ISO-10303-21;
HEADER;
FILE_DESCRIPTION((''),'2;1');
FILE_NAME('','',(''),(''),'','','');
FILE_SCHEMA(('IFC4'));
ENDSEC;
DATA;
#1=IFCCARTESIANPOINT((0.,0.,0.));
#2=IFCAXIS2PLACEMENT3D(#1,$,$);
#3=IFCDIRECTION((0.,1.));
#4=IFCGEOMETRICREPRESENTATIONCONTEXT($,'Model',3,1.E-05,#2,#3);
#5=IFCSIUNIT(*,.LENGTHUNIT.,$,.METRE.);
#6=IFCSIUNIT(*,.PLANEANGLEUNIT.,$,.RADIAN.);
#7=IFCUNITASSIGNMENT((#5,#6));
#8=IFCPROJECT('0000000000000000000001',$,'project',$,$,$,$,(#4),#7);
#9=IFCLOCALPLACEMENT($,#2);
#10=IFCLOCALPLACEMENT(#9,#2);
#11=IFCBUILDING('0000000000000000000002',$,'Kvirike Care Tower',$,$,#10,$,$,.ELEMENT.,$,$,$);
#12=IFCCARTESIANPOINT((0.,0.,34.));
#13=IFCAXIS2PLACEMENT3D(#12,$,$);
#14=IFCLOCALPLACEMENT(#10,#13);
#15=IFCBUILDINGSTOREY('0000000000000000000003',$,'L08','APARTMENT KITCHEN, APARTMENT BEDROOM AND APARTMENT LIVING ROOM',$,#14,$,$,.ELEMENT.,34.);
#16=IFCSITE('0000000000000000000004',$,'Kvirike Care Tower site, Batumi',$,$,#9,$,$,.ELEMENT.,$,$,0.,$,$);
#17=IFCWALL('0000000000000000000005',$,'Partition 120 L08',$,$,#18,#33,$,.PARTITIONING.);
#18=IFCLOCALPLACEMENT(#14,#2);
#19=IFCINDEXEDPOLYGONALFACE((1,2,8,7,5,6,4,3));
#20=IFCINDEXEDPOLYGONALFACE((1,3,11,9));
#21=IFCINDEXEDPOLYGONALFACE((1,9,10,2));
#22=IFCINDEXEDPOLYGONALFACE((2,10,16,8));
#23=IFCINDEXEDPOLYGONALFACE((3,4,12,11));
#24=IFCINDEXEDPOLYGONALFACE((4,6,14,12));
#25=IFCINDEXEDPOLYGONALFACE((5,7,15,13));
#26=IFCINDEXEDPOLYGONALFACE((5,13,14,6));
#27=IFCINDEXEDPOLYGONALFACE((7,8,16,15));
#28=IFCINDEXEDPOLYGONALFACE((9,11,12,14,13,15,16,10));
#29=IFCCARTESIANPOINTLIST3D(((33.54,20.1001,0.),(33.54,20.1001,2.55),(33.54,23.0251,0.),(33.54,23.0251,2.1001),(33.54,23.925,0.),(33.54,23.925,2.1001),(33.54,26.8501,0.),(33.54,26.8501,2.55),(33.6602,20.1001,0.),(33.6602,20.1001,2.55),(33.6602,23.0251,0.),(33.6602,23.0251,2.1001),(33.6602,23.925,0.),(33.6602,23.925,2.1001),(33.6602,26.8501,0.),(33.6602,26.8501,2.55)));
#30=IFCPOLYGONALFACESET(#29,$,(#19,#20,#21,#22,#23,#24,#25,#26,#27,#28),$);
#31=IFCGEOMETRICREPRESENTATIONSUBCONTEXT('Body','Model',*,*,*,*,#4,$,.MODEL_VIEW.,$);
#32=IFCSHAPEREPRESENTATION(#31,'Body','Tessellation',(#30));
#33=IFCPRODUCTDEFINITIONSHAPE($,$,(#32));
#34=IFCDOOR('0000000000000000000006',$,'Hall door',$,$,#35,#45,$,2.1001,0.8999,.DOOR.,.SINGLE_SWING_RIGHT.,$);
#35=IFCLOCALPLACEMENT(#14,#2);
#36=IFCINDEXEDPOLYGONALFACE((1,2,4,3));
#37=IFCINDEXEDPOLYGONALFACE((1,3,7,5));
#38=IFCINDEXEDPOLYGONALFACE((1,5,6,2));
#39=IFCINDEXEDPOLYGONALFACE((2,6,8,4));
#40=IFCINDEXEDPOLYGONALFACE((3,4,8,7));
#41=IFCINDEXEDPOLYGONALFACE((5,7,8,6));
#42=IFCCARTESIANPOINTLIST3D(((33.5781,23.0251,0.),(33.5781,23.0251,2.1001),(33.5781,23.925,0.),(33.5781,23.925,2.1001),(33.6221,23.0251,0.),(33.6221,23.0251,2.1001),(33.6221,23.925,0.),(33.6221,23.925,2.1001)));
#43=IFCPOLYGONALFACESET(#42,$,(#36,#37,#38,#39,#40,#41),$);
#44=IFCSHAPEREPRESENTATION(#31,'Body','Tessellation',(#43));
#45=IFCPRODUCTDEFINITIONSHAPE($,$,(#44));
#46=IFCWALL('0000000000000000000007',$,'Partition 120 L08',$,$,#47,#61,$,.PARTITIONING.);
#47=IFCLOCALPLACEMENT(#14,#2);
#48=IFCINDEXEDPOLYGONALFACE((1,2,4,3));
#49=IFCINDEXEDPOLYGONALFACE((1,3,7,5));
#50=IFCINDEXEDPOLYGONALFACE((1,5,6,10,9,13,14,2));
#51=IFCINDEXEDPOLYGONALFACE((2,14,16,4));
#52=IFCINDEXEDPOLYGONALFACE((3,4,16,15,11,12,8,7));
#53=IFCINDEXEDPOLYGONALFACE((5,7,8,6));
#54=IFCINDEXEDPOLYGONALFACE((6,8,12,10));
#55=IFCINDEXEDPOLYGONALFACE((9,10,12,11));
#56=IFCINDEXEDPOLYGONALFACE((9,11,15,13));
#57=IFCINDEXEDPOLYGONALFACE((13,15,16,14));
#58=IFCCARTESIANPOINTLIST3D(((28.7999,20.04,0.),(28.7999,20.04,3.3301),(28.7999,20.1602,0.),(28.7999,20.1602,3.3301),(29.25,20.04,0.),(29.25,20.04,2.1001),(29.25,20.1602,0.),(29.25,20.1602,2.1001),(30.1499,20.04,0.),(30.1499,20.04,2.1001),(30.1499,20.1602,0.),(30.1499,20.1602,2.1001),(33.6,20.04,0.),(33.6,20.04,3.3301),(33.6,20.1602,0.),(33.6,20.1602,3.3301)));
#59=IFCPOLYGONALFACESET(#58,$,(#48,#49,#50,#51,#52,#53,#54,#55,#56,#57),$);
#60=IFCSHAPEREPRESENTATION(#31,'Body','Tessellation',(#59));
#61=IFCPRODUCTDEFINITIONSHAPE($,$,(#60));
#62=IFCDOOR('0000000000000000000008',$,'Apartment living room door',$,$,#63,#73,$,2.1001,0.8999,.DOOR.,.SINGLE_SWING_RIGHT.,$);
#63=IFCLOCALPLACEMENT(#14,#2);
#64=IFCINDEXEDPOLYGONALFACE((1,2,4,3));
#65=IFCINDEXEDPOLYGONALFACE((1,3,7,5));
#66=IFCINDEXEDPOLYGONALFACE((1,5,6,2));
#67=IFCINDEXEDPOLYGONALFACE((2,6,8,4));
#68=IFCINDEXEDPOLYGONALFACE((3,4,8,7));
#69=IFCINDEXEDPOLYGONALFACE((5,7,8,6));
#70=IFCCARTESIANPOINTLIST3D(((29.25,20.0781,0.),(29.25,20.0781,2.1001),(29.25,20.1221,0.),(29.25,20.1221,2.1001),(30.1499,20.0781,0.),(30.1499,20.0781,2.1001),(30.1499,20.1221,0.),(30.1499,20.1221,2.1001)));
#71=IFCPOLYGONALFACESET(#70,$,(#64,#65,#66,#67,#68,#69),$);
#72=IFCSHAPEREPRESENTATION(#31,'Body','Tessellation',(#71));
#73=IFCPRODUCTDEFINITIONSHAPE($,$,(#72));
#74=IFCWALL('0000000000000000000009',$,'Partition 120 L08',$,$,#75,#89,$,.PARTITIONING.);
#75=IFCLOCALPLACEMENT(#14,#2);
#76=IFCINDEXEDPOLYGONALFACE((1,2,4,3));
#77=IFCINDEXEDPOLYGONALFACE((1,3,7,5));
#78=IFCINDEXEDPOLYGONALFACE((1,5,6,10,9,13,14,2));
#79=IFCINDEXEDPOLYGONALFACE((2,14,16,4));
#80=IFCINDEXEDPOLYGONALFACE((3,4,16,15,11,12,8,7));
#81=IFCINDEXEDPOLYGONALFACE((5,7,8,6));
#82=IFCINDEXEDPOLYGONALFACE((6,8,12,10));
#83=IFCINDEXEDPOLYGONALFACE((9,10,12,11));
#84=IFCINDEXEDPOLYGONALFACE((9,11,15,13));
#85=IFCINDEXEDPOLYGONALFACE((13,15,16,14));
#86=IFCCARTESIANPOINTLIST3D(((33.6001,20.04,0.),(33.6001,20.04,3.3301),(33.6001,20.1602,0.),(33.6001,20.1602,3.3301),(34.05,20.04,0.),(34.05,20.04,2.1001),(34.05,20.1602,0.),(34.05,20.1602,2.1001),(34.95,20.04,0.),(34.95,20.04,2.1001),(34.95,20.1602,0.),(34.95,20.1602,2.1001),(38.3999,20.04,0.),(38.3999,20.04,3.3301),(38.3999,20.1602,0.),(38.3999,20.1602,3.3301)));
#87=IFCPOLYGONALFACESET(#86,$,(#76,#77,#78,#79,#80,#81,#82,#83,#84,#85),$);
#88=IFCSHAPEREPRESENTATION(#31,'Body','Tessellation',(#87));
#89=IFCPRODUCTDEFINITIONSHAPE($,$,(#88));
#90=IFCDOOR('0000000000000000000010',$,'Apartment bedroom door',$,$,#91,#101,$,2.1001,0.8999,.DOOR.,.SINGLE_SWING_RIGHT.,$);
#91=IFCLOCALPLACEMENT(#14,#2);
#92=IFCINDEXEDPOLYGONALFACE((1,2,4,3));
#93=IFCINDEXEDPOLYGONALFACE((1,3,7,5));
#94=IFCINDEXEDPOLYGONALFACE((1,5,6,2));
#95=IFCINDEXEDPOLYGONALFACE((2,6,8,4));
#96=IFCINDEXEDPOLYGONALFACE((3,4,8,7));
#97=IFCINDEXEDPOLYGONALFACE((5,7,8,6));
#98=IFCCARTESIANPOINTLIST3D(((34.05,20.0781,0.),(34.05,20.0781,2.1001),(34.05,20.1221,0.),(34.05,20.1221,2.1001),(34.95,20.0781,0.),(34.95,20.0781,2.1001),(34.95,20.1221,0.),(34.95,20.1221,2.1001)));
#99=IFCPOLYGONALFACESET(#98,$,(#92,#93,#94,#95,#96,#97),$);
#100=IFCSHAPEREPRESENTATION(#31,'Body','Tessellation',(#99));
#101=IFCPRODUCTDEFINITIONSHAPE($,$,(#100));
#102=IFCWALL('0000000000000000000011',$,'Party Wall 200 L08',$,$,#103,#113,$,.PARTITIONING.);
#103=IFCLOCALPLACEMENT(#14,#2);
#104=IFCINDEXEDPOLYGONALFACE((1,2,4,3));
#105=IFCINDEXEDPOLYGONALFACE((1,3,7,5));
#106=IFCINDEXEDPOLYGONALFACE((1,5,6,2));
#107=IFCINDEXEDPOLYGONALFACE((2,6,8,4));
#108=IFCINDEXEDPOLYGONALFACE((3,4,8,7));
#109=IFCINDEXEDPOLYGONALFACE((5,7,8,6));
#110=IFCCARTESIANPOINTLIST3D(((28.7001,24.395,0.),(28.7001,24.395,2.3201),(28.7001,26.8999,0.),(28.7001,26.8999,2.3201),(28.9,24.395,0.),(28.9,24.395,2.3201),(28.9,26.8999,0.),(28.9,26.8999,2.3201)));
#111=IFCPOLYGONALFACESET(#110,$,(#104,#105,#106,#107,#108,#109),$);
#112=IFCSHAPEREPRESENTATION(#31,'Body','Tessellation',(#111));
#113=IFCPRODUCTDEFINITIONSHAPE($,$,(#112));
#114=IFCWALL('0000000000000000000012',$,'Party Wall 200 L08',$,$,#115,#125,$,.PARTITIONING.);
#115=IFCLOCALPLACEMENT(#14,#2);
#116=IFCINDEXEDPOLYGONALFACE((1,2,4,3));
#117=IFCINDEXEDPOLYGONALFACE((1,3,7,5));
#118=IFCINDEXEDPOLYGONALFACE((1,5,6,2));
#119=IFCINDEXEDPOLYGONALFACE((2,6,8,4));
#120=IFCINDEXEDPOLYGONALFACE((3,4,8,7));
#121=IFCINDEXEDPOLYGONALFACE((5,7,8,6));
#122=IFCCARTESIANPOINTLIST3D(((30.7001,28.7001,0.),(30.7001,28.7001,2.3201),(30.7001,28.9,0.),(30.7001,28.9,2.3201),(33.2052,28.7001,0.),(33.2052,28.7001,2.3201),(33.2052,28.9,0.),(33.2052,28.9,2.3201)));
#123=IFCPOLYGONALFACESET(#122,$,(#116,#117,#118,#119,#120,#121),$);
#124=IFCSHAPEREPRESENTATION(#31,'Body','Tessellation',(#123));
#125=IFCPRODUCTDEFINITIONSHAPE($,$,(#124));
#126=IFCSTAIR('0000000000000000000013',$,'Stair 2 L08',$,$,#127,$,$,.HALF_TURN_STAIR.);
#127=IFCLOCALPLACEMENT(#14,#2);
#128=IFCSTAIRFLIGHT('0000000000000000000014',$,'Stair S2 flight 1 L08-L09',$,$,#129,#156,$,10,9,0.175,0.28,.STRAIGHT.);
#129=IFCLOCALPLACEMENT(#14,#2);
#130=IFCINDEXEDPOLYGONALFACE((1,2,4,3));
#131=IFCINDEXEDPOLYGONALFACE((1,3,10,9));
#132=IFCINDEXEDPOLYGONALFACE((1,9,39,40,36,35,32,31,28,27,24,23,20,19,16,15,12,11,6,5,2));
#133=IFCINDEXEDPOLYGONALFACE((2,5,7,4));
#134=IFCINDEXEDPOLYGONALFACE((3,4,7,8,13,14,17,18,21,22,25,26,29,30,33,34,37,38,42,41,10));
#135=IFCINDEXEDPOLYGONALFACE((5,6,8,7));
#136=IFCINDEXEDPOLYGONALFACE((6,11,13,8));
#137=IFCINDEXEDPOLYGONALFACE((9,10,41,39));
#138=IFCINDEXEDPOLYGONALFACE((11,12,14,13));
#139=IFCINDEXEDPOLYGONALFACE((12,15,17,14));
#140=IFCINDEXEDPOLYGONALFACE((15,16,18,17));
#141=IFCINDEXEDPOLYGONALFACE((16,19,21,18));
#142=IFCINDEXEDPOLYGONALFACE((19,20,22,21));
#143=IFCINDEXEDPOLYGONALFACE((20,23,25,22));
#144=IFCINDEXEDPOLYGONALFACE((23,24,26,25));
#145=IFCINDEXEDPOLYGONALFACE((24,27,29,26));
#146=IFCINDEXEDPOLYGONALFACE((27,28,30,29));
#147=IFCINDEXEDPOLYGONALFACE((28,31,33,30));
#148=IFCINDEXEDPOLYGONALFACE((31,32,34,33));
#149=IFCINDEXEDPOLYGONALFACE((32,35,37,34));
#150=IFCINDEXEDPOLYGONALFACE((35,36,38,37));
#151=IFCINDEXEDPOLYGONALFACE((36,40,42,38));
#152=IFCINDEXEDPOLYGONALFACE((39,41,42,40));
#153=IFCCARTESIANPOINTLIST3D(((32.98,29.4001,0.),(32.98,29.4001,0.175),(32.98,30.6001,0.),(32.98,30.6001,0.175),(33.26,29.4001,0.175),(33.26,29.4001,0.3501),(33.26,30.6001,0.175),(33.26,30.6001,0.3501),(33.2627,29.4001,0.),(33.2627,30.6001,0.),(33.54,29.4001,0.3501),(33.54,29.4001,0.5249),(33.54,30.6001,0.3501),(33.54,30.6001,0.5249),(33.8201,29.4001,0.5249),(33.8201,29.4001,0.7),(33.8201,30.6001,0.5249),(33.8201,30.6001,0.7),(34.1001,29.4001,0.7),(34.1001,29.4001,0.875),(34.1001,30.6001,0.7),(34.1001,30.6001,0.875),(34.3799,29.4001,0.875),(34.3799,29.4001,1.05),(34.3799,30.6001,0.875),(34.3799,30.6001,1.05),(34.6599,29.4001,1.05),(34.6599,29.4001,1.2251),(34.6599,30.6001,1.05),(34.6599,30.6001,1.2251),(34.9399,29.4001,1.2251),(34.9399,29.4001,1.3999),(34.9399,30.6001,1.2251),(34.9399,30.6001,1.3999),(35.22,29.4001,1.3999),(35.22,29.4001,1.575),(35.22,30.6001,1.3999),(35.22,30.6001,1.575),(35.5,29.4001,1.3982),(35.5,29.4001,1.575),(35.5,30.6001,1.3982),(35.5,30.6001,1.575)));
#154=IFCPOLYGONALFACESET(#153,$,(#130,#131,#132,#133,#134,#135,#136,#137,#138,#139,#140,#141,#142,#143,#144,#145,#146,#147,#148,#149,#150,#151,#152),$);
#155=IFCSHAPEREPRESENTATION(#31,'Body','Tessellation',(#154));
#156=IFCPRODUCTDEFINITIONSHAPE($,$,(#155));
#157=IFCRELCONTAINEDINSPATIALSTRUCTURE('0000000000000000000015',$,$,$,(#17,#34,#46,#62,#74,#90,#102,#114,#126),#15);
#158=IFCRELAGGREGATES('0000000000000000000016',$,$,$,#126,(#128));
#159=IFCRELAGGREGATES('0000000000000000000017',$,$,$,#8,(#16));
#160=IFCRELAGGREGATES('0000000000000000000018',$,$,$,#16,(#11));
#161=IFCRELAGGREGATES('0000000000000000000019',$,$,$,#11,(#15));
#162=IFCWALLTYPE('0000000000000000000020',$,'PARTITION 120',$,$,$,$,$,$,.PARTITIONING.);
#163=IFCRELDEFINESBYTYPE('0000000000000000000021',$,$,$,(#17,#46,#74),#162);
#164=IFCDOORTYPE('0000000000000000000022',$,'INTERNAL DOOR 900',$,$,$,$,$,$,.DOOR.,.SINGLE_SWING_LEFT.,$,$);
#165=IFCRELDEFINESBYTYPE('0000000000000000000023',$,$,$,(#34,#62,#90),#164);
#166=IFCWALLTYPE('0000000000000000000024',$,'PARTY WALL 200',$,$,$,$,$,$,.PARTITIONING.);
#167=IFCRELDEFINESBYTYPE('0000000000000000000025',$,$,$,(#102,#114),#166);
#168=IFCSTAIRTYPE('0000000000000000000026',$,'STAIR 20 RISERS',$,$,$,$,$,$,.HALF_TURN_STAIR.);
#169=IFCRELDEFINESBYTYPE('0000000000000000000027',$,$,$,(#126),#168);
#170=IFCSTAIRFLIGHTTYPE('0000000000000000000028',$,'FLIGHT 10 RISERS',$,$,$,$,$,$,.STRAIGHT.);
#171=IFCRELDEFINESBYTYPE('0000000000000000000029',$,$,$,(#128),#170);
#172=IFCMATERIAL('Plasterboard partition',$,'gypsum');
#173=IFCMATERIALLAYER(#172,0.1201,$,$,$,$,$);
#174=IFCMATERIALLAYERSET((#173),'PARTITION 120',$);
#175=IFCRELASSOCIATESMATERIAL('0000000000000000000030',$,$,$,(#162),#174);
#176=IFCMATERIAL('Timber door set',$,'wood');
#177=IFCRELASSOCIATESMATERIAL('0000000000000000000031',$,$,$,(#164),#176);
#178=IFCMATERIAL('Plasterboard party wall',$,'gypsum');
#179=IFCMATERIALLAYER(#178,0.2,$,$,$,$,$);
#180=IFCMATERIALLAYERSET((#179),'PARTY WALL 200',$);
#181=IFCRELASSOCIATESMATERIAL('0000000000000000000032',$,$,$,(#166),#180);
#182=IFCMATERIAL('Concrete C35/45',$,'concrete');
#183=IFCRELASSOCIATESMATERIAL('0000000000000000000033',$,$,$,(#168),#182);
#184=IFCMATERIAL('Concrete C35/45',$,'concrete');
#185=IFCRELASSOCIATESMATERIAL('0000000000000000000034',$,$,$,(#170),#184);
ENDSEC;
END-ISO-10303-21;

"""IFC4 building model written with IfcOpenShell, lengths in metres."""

from ifc_helpers import new_model, si_unit, direction, frame, frame_2d, origin, place, context, subcontext, project, spatial, polyline, rectangle, outline, extrude, material, layer, layer_set, type_object, element, fill, aggregate, save


model = new_model("IFC4")

# Units and contexts
model_context = context("Model", 3, precision=1e-05, world=origin(), true_north=direction((0.0, 1.0)))
body_context = subcontext(model_context, "Body", "Model", "MODEL_VIEW")
ifc_project = project(units=[si_unit("LENGTHUNIT", "METRE"), si_unit("PLANEANGLEUNIT", "RADIAN")], contexts=[model_context])

# Site, building, storey
site_placement = place(None, origin())
site = spatial("IfcSite", under=ifc_project, at=site_placement, Name="Kvirike Care Tower site, Batumi", CompositionType="ELEMENT", RefElevation=0.0)
building_placement = place(site_placement, origin())
building = spatial("IfcBuilding", under=site, at=building_placement, Name="Kvirike Care Tower", CompositionType="ELEMENT")
storey_placement = place(building_placement, frame((0.0, 0.0, 34.0)))
storey = spatial("IfcBuildingStorey", under=building, at=storey_placement, Name="L08", Description="APARTMENT KITCHEN, APARTMENT BEDROOM AND APARTMENT LIVING ROOM", CompositionType="ELEMENT", Elevation=34.0)

# Walls, openings, doors
ifc_material_1 = material(Name="Plasterboard partition", Category="gypsum")
ifc_layer_1 = layer(ifc_material_1, 0.1201)
ifc_layer_set_1 = layer_set([ifc_layer_1], Name="PARTITION 120")
wall_type_1 = type_object("IfcWallType", Name="PARTITION 120", PredefinedType="PARTITIONING", material=ifc_layer_set_1)
wall_1_placement = place(storey_placement, frame((33.6001, 20.1001, 0.0), z_axis=(0.0, 0.0, 1.0), x_axis=(0.0, 1.0, 0.0)))
wall_1 = element("IfcWall", 1, at=wall_1_placement, inside=storey, type_object=wall_type_1, Name="Partition 120 L08", PredefinedType="PARTITIONING", context=body_context, shape_type="SweptSolid", body=[
    extrude(rectangle(XDim=6.75, YDim=0.1201, at=frame_2d((3.375, 0.0))), origin(), (0.0, 0.0, 1.0), 2.55),
])
opening_1_placement = place(wall_1_placement, frame((2.925, 0.0, 0.0)))
opening_1 = element("IfcOpeningElement", 2, at=opening_1_placement, cuts=wall_1, PredefinedType="OPENING", context=body_context, shape_type="SweptSolid", body=[
    extrude(rectangle(XDim=0.8999, YDim=2.1001, at=frame_2d((0.45, 1.05))), frame((0.0, 0.0706, 0.0), z_axis=(0.0, -1.0, 0.0), x_axis=(1.0, 0.0, 0.0)), (0.0, 0.0, 1.0), 0.1411),
])
ifc_material_2 = material(Name="Timber door set", Category="wood")
door_type_1 = type_object("IfcDoorType", Name="INTERNAL DOOR 900", OperationType="SINGLE_SWING_LEFT", PredefinedType="DOOR", material=ifc_material_2)
door_1_placement = place(opening_1_placement, frame((0.8999, 0.0, 0.0), z_axis=(0.0, 0.0, 1.0), x_axis=(-1.0, 0.0, 0.0)))
door_1 = element("IfcDoor", 3, at=door_1_placement, inside=storey, type_object=door_type_1, Name="Hall door", OperationType="SINGLE_SWING_RIGHT", OverallHeight=2.1001, OverallWidth=0.8999, PredefinedType="DOOR", context=body_context, shape_type="SweptSolid", body=[
    extrude(rectangle(XDim=0.8999, YDim=2.1001, at=frame_2d((0.45, 1.05))), frame((0.0, 0.022, 0.0), z_axis=(0.0, -1.0, 0.0), x_axis=(1.0, 0.0, 0.0)), (0.0, 0.0, 1.0), 0.0439),
])
fill(opening_1, door_1)
wall_2_placement = place(storey_placement, frame((28.8, 20.1001, 0.0), z_axis=(0.0, 0.0, 1.0), x_axis=(1.0, 0.0, 0.0)))
wall_2 = element("IfcWall", 4, at=wall_2_placement, inside=storey, type_object=wall_type_1, Name="Partition 120 L08", PredefinedType="PARTITIONING", context=body_context, shape_type="SweptSolid", body=[
    extrude(rectangle(XDim=4.8, YDim=0.1201, at=frame_2d((2.3999, 0.0))), origin(), (0.0, 0.0, 1.0), 3.3301),
])
opening_2_placement = place(wall_2_placement, frame((0.45, 0.0, 0.0)))
opening_2 = element("IfcOpeningElement", 5, at=opening_2_placement, cuts=wall_2, PredefinedType="OPENING", context=body_context, shape_type="SweptSolid", body=[
    extrude(rectangle(XDim=0.8999, YDim=2.1001, at=frame_2d((0.45, 1.05))), frame((0.0, 0.0706, 0.0), z_axis=(0.0, -1.0, 0.0), x_axis=(1.0, 0.0, 0.0)), (0.0, 0.0, 1.0), 0.1411),
])
door_2_placement = place(opening_2_placement, frame((0.8999, 0.0, 0.0), z_axis=(0.0, 0.0, 1.0), x_axis=(-1.0, 0.0, 0.0)))
door_2 = element("IfcDoor", 6, at=door_2_placement, inside=storey, type_object=door_type_1, Name="Apartment living room door", OperationType="SINGLE_SWING_RIGHT", OverallHeight=2.1001, OverallWidth=0.8999, PredefinedType="DOOR", context=body_context, shape_type="SweptSolid", body=[
    extrude(rectangle(XDim=0.8999, YDim=2.1001, at=frame_2d((0.45, 1.05))), frame((0.0, 0.022, 0.0), z_axis=(0.0, -1.0, 0.0), x_axis=(1.0, 0.0, 0.0)), (0.0, 0.0, 1.0), 0.0439),
])
fill(opening_2, door_2)
wall_3_placement = place(storey_placement, frame((33.6001, 20.1001, 0.0), z_axis=(0.0, 0.0, 1.0), x_axis=(1.0, 0.0, 0.0)))
wall_3 = element("IfcWall", 7, at=wall_3_placement, inside=storey, type_object=wall_type_1, Name="Partition 120 L08", PredefinedType="PARTITIONING", context=body_context, shape_type="SweptSolid", body=[
    extrude(rectangle(XDim=4.7998, YDim=0.1201, at=frame_2d((2.3999, 0.0))), origin(), (0.0, 0.0, 1.0), 3.3301),
])
opening_3_placement = place(wall_3_placement, frame((0.45, 0.0, 0.0)))
opening_3 = element("IfcOpeningElement", 8, at=opening_3_placement, cuts=wall_3, PredefinedType="OPENING", context=body_context, shape_type="SweptSolid", body=[
    extrude(rectangle(XDim=0.8999, YDim=2.1001, at=frame_2d((0.45, 1.05))), frame((0.0, 0.0706, 0.0), z_axis=(0.0, -1.0, 0.0), x_axis=(1.0, 0.0, 0.0)), (0.0, 0.0, 1.0), 0.1411),
])
door_3_placement = place(opening_3_placement, origin())
door_3 = element("IfcDoor", 9, at=door_3_placement, inside=storey, type_object=door_type_1, Name="Apartment bedroom door", OperationType="SINGLE_SWING_RIGHT", OverallHeight=2.1001, OverallWidth=0.8999, PredefinedType="DOOR", context=body_context, shape_type="SweptSolid", body=[
    extrude(rectangle(XDim=0.8999, YDim=2.1001, at=frame_2d((0.45, 1.05))), frame((0.0, 0.022, 0.0), z_axis=(0.0, -1.0, 0.0), x_axis=(1.0, 0.0, 0.0)), (0.0, 0.0, 1.0), 0.0439),
])
fill(opening_3, door_3)

# Walls
ifc_material_3 = material(Name="Plasterboard party wall", Category="gypsum")
ifc_layer_2 = layer(ifc_material_3, 0.2)
ifc_layer_set_2 = layer_set([ifc_layer_2], Name="PARTY WALL 200")
wall_type_2 = type_object("IfcWallType", Name="PARTY WALL 200", PredefinedType="PARTITIONING", material=ifc_layer_set_2)
wall_4_placement = place(storey_placement, frame((28.8, 24.395, 0.0), z_axis=(0.0, 0.0, 1.0), x_axis=(0.0, 1.0, 0.0)))
element("IfcWall", 10, at=wall_4_placement, inside=storey, type_object=wall_type_2, Name="Party Wall 200 L08", PredefinedType="PARTITIONING", context=body_context, shape_type="SweptSolid", body=[
    extrude(rectangle(XDim=2.5049, YDim=0.2, at=frame_2d((1.2524, 0.0))), origin(), (0.0, 0.0, 1.0), 2.3201),
])
wall_5_placement = place(storey_placement, frame((33.2051, 28.8, 0.0), z_axis=(0.0, 0.0, 1.0), x_axis=(-1.0, 0.0, 0.0)))
element("IfcWall", 11, at=wall_5_placement, inside=storey, type_object=wall_type_2, Name="Party Wall 200 L08", PredefinedType="PARTITIONING", context=body_context, shape_type="SweptSolid", body=[
    extrude(rectangle(XDim=2.5051, YDim=0.2, at=frame_2d((1.2524, 0.0))), origin(), (0.0, 0.0, 1.0), 2.3201),
])

# Stair, stair flight
ifc_material_4 = material(Name="Concrete C35/45", Category="concrete")
stair_type = type_object("IfcStairType", Name="STAIR 20 RISERS", PredefinedType="HALF_TURN_STAIR", material=ifc_material_4)
stair_placement = place(storey_placement, origin())
stair = element("IfcStair", 12, at=stair_placement, inside=storey, type_object=stair_type, Name="Stair 2 L08", PredefinedType="HALF_TURN_STAIR")
ifc_material_5 = material(Name="Concrete C35/45", Category="concrete")
stair_flight_type = type_object("IfcStairFlightType", Name="FLIGHT 10 RISERS", PredefinedType="STRAIGHT", material=ifc_material_5)
stair_flight_placement = place(storey_placement, frame((32.98, 30.0, 0.0), z_axis=(0.0, 0.0, 1.0), x_axis=(1.0, 0.0, 0.0)))
stair_flight = element("IfcStairFlight", 13, at=stair_flight_placement, type_object=stair_flight_type, Name="Stair S2 flight 1 L08-L09", NumberOfRisers=10, NumberOfTreads=9, PredefinedType="STRAIGHT", RiserHeight=0.175, TreadLength=0.28, context=body_context, shape_type="SweptSolid", body=[
    extrude(outline(polyline([(0.0, 0.0), (0.0, 0.175), (0.28, 0.175), (0.28, 0.3501), (0.5601, 0.3501), (0.5601, 0.5249), (0.8401, 0.5249), (0.8401, 0.7), (1.1201, 0.7), (1.1201, 0.875), (1.3999, 0.875), (1.3999, 1.05), (1.6799, 1.05), (1.6799, 1.2251), (1.96, 1.2251), (1.96, 1.3999), (2.24, 1.3999), (2.24, 1.575), (2.52, 1.575), (2.52, 1.75), (2.52, 1.3982), (0.2827, 0.0), (0.0, 0.0)])), frame((0.0, 0.6001, 0.0), z_axis=(0.0, -1.0, 0.0), x_axis=(1.0, 0.0, 0.0)), (0.0, 0.0, 1.0), 1.2),
])
aggregate(stair, [stair_flight])

save(model, "model.ifc")
